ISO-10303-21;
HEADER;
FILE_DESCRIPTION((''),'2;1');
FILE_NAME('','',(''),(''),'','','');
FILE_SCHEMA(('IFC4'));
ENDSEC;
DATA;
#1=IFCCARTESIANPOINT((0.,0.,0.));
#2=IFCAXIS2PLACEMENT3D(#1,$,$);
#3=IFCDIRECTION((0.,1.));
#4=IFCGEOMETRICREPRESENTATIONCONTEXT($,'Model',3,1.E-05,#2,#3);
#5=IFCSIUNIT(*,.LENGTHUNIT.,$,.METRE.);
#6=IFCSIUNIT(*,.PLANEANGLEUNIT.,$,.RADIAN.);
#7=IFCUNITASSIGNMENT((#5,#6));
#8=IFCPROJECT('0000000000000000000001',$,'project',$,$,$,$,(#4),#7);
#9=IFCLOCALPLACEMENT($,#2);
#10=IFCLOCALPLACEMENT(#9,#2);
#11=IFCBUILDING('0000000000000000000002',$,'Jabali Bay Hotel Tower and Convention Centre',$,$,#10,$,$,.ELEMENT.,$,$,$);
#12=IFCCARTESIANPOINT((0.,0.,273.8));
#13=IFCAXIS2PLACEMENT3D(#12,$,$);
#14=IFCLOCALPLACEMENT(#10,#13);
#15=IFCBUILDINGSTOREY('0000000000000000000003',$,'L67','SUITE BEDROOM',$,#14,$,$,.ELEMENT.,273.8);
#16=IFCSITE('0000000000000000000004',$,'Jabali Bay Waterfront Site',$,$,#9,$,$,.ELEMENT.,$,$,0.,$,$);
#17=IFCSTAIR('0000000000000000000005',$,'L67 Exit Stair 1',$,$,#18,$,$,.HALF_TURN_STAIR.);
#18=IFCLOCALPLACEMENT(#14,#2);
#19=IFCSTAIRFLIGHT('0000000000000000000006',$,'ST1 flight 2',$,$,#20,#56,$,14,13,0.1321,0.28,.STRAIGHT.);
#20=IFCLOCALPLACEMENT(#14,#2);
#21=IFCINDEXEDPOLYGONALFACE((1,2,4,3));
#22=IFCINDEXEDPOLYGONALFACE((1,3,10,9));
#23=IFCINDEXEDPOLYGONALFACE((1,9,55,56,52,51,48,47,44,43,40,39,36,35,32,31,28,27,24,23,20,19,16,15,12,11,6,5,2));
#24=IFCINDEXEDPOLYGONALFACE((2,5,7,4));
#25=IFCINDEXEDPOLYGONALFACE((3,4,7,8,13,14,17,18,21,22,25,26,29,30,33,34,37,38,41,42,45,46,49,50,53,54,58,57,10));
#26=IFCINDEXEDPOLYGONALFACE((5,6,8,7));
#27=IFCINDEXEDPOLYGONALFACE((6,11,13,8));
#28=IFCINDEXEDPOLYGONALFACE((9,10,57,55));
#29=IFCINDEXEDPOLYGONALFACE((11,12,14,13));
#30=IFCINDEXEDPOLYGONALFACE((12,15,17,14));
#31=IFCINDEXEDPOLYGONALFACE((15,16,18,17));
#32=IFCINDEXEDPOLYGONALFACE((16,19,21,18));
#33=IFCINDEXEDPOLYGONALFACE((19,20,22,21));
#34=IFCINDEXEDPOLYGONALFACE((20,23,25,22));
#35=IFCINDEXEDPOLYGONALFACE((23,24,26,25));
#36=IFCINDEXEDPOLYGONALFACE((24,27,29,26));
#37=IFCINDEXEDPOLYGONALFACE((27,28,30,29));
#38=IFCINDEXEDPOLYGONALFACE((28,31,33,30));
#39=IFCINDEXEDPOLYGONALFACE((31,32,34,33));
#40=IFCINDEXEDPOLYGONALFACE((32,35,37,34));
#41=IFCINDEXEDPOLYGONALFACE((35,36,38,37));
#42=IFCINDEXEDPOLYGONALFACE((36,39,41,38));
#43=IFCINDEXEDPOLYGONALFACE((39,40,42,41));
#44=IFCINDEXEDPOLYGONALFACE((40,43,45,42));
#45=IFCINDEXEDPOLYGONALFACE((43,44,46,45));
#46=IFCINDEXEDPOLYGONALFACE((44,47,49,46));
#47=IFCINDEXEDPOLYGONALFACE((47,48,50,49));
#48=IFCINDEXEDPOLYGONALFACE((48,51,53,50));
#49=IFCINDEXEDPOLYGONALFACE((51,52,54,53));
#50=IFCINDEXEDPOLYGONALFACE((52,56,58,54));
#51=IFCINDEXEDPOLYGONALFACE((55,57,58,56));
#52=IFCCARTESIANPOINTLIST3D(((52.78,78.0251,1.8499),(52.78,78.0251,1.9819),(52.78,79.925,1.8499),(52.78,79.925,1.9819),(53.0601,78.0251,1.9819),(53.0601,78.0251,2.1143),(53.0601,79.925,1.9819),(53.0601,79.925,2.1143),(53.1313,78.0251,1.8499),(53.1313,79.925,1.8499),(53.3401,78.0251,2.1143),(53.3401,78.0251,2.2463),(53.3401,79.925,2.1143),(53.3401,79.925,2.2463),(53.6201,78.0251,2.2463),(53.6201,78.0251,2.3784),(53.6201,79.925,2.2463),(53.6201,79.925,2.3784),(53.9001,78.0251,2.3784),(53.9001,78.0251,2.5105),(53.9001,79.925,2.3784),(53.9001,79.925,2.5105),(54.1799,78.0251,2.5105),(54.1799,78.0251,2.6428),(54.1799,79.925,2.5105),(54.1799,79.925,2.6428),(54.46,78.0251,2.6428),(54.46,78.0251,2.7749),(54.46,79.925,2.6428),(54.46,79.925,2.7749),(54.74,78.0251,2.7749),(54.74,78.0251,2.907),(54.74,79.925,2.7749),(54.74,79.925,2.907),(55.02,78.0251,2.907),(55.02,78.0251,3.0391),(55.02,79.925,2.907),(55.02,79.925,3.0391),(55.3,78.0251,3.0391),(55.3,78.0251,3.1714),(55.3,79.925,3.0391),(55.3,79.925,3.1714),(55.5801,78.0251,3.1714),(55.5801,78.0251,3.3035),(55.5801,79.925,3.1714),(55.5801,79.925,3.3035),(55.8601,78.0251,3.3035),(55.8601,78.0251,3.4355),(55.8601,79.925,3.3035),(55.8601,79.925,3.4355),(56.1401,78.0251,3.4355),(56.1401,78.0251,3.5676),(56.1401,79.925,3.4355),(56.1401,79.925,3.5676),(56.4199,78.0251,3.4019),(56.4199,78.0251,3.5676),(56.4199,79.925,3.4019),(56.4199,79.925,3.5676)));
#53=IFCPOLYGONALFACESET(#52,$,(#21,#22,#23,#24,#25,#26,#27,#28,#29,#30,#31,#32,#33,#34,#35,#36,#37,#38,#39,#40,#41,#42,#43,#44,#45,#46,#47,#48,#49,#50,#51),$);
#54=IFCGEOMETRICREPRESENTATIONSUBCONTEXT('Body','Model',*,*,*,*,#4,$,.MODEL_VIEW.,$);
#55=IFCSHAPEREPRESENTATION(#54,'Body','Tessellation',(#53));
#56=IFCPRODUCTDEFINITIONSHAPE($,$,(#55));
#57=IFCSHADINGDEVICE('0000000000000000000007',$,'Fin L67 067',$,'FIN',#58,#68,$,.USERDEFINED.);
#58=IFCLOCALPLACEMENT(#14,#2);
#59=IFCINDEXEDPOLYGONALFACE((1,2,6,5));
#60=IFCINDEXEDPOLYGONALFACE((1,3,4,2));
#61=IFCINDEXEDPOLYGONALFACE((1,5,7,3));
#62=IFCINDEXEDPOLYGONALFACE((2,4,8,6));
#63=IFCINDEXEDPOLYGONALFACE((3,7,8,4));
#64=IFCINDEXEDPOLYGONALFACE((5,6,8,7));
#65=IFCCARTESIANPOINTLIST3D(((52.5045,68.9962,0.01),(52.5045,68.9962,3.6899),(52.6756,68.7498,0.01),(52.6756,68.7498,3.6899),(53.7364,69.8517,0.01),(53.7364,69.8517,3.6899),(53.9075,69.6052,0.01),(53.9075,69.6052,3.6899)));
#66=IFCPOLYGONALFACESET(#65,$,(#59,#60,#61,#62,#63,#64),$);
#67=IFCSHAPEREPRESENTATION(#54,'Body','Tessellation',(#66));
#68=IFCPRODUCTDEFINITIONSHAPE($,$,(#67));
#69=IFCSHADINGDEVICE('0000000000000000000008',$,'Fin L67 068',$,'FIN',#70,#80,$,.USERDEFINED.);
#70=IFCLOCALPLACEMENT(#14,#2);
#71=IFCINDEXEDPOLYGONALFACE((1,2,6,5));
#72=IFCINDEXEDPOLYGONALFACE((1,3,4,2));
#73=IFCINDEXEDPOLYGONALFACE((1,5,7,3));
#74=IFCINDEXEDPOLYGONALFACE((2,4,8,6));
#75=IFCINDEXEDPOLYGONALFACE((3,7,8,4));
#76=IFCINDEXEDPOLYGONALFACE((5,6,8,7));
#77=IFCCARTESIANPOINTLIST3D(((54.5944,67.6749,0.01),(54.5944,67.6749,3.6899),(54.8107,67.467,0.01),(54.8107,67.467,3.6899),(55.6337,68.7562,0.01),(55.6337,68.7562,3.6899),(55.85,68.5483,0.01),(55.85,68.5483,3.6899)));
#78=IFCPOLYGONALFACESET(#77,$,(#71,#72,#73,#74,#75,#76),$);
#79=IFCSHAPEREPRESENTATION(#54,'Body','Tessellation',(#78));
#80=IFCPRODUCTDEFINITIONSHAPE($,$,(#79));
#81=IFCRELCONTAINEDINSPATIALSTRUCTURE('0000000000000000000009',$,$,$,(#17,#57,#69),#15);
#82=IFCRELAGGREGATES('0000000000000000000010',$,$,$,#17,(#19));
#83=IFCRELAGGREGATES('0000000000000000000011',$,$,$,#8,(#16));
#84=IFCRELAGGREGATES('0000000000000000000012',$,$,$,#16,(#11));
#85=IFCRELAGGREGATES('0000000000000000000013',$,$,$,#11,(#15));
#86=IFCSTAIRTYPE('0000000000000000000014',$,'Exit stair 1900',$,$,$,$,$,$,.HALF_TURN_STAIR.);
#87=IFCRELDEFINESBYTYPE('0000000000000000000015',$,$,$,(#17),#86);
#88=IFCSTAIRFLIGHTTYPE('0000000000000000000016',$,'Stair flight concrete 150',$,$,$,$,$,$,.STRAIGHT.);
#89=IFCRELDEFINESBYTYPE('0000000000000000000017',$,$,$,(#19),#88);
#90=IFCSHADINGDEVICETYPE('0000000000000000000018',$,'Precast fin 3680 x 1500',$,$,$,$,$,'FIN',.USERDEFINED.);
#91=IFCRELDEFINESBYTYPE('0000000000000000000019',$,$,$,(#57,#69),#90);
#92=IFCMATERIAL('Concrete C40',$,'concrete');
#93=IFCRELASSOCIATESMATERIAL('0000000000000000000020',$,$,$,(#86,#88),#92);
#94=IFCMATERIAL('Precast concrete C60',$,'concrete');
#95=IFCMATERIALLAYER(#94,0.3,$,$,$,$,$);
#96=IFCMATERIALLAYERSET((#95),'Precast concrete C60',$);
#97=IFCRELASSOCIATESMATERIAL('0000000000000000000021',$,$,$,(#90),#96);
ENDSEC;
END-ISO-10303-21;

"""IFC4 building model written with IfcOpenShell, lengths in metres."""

from ifc_helpers import new_model, si_unit, direction, frame, frame_2d, origin, place, context, subcontext, project, spatial, polyline, rectangle, outline, extrude, material, layer, layer_set, type_object, element, aggregate, save


model = new_model("IFC4")

# Units and contexts
model_context = context("Model", 3, precision=1e-05, world=origin(), true_north=direction((0.0, 1.0)))
body_context = subcontext(model_context, "Body", "Model", "MODEL_VIEW")
ifc_project = project(units=[si_unit("LENGTHUNIT", "METRE"), si_unit("PLANEANGLEUNIT", "RADIAN")], contexts=[model_context])

# Site, building, storey
site_placement = place(None, origin())
site = spatial("IfcSite", under=ifc_project, at=site_placement, Name="Jabali Bay Waterfront Site", CompositionType="ELEMENT", RefElevation=0.0)
building_placement = place(site_placement, origin())
building = spatial("IfcBuilding", under=site, at=building_placement, Name="Jabali Bay Hotel Tower and Convention Centre", CompositionType="ELEMENT")
storey_placement = place(building_placement, frame((0.0, 0.0, 273.8)))
storey = spatial("IfcBuildingStorey", under=building, at=storey_placement, Name="L67", Description="SUITE BEDROOM", CompositionType="ELEMENT", Elevation=273.8)

# Shared definitions
ifc_material_1 = material(Name="Concrete C40", Category="concrete")

# Stair, stair flight
stair_type = type_object("IfcStairType", Name="Exit stair 1900", PredefinedType="HALF_TURN_STAIR", material=ifc_material_1)
stair_placement = place(storey_placement, origin())
stair = element("IfcStair", 1, at=stair_placement, inside=storey, type_object=stair_type, Name="L67 Exit Stair 1", PredefinedType="HALF_TURN_STAIR")
stair_flight_type = type_object("IfcStairFlightType", Name="Stair flight concrete 150", PredefinedType="STRAIGHT", material=ifc_material_1)
stair_flight_placement = place(storey_placement, frame((52.78, 78.9751, 1.8499), z_axis=(0.0, 0.0, 1.0), x_axis=(1.0, 0.0, 0.0)))
stair_flight = element("IfcStairFlight", 2, at=stair_flight_placement, type_object=stair_flight_type, Name="ST1 flight 2", NumberOfRisers=14, NumberOfTreads=13, PredefinedType="STRAIGHT", RiserHeight=0.1321, TreadLength=0.28, context=body_context, shape_type="SweptSolid", body=[
    extrude(outline(polyline([(0.0, 0.0), (0.0, 0.1321), (0.28, 0.1321), (0.28, 0.2644), (0.5601, 0.2644), (0.5601, 0.3965), (0.8401, 0.3965), (0.8401, 0.5286), (1.1201, 0.5286), (1.1201, 0.6606), (1.3999, 0.6606), (1.3999, 0.793), (1.6799, 0.793), (1.6799, 0.925), (1.96, 0.925), (1.96, 1.0571), (2.24, 1.0571), (2.24, 1.1892), (2.52, 1.1892), (2.52, 1.3215), (2.8, 1.3215), (2.8, 1.4536), (3.0801, 1.4536), (3.0801, 1.5857), (3.3601, 1.5857), (3.3601, 1.7178), (3.6399, 1.7178), (3.6399, 1.8501), (3.6399, 1.552), (0.3513, 0.0), (0.0, 0.0)])), frame((0.0, 0.95, 0.0), z_axis=(0.0, -1.0, 0.0), x_axis=(1.0, 0.0, 0.0)), (0.0, 0.0, 1.0), 1.8999),
])
aggregate(stair, [stair_flight])

# Shading devices
ifc_material_2 = material(Name="Precast concrete C60", Category="concrete")
ifc_layer_1 = layer(ifc_material_2, 0.3)
ifc_layer_set_1 = layer_set([ifc_layer_1], Name="Precast concrete C60")
shading_device_type = type_object("IfcShadingDeviceType", Name="Precast fin 3680 x 1500", ElementType="FIN", PredefinedType="USERDEFINED", material=ifc_layer_set_1)
for number, where, z_axis, x_axis, name in (
    (3, (53.822, 69.7285, 0.01), (0.0, 0.0, 1.0), (-0.821383, -0.570378, 0.0), "Fin L67 067"),
    (4, (55.7419, 68.6523, 0.01), (0.0, 0.0, 1.0), (-0.692969, -0.720968, 0.0), "Fin L67 068"),
):
    element("IfcShadingDevice", number, at=place(storey_placement, frame(where, z_axis=z_axis, x_axis=x_axis)), inside=storey, type_object=shading_device_type, Name=name, ObjectType="FIN", PredefinedType="USERDEFINED", context=body_context, shape_type="SweptSolid", body=[
        extrude(rectangle(XDim=1.4998, YDim=0.3, at=frame_2d((0.75, 0.0))), origin(), (0.0, 0.0, 1.0), 3.6799),
    ])

save(model, "model.ifc")
